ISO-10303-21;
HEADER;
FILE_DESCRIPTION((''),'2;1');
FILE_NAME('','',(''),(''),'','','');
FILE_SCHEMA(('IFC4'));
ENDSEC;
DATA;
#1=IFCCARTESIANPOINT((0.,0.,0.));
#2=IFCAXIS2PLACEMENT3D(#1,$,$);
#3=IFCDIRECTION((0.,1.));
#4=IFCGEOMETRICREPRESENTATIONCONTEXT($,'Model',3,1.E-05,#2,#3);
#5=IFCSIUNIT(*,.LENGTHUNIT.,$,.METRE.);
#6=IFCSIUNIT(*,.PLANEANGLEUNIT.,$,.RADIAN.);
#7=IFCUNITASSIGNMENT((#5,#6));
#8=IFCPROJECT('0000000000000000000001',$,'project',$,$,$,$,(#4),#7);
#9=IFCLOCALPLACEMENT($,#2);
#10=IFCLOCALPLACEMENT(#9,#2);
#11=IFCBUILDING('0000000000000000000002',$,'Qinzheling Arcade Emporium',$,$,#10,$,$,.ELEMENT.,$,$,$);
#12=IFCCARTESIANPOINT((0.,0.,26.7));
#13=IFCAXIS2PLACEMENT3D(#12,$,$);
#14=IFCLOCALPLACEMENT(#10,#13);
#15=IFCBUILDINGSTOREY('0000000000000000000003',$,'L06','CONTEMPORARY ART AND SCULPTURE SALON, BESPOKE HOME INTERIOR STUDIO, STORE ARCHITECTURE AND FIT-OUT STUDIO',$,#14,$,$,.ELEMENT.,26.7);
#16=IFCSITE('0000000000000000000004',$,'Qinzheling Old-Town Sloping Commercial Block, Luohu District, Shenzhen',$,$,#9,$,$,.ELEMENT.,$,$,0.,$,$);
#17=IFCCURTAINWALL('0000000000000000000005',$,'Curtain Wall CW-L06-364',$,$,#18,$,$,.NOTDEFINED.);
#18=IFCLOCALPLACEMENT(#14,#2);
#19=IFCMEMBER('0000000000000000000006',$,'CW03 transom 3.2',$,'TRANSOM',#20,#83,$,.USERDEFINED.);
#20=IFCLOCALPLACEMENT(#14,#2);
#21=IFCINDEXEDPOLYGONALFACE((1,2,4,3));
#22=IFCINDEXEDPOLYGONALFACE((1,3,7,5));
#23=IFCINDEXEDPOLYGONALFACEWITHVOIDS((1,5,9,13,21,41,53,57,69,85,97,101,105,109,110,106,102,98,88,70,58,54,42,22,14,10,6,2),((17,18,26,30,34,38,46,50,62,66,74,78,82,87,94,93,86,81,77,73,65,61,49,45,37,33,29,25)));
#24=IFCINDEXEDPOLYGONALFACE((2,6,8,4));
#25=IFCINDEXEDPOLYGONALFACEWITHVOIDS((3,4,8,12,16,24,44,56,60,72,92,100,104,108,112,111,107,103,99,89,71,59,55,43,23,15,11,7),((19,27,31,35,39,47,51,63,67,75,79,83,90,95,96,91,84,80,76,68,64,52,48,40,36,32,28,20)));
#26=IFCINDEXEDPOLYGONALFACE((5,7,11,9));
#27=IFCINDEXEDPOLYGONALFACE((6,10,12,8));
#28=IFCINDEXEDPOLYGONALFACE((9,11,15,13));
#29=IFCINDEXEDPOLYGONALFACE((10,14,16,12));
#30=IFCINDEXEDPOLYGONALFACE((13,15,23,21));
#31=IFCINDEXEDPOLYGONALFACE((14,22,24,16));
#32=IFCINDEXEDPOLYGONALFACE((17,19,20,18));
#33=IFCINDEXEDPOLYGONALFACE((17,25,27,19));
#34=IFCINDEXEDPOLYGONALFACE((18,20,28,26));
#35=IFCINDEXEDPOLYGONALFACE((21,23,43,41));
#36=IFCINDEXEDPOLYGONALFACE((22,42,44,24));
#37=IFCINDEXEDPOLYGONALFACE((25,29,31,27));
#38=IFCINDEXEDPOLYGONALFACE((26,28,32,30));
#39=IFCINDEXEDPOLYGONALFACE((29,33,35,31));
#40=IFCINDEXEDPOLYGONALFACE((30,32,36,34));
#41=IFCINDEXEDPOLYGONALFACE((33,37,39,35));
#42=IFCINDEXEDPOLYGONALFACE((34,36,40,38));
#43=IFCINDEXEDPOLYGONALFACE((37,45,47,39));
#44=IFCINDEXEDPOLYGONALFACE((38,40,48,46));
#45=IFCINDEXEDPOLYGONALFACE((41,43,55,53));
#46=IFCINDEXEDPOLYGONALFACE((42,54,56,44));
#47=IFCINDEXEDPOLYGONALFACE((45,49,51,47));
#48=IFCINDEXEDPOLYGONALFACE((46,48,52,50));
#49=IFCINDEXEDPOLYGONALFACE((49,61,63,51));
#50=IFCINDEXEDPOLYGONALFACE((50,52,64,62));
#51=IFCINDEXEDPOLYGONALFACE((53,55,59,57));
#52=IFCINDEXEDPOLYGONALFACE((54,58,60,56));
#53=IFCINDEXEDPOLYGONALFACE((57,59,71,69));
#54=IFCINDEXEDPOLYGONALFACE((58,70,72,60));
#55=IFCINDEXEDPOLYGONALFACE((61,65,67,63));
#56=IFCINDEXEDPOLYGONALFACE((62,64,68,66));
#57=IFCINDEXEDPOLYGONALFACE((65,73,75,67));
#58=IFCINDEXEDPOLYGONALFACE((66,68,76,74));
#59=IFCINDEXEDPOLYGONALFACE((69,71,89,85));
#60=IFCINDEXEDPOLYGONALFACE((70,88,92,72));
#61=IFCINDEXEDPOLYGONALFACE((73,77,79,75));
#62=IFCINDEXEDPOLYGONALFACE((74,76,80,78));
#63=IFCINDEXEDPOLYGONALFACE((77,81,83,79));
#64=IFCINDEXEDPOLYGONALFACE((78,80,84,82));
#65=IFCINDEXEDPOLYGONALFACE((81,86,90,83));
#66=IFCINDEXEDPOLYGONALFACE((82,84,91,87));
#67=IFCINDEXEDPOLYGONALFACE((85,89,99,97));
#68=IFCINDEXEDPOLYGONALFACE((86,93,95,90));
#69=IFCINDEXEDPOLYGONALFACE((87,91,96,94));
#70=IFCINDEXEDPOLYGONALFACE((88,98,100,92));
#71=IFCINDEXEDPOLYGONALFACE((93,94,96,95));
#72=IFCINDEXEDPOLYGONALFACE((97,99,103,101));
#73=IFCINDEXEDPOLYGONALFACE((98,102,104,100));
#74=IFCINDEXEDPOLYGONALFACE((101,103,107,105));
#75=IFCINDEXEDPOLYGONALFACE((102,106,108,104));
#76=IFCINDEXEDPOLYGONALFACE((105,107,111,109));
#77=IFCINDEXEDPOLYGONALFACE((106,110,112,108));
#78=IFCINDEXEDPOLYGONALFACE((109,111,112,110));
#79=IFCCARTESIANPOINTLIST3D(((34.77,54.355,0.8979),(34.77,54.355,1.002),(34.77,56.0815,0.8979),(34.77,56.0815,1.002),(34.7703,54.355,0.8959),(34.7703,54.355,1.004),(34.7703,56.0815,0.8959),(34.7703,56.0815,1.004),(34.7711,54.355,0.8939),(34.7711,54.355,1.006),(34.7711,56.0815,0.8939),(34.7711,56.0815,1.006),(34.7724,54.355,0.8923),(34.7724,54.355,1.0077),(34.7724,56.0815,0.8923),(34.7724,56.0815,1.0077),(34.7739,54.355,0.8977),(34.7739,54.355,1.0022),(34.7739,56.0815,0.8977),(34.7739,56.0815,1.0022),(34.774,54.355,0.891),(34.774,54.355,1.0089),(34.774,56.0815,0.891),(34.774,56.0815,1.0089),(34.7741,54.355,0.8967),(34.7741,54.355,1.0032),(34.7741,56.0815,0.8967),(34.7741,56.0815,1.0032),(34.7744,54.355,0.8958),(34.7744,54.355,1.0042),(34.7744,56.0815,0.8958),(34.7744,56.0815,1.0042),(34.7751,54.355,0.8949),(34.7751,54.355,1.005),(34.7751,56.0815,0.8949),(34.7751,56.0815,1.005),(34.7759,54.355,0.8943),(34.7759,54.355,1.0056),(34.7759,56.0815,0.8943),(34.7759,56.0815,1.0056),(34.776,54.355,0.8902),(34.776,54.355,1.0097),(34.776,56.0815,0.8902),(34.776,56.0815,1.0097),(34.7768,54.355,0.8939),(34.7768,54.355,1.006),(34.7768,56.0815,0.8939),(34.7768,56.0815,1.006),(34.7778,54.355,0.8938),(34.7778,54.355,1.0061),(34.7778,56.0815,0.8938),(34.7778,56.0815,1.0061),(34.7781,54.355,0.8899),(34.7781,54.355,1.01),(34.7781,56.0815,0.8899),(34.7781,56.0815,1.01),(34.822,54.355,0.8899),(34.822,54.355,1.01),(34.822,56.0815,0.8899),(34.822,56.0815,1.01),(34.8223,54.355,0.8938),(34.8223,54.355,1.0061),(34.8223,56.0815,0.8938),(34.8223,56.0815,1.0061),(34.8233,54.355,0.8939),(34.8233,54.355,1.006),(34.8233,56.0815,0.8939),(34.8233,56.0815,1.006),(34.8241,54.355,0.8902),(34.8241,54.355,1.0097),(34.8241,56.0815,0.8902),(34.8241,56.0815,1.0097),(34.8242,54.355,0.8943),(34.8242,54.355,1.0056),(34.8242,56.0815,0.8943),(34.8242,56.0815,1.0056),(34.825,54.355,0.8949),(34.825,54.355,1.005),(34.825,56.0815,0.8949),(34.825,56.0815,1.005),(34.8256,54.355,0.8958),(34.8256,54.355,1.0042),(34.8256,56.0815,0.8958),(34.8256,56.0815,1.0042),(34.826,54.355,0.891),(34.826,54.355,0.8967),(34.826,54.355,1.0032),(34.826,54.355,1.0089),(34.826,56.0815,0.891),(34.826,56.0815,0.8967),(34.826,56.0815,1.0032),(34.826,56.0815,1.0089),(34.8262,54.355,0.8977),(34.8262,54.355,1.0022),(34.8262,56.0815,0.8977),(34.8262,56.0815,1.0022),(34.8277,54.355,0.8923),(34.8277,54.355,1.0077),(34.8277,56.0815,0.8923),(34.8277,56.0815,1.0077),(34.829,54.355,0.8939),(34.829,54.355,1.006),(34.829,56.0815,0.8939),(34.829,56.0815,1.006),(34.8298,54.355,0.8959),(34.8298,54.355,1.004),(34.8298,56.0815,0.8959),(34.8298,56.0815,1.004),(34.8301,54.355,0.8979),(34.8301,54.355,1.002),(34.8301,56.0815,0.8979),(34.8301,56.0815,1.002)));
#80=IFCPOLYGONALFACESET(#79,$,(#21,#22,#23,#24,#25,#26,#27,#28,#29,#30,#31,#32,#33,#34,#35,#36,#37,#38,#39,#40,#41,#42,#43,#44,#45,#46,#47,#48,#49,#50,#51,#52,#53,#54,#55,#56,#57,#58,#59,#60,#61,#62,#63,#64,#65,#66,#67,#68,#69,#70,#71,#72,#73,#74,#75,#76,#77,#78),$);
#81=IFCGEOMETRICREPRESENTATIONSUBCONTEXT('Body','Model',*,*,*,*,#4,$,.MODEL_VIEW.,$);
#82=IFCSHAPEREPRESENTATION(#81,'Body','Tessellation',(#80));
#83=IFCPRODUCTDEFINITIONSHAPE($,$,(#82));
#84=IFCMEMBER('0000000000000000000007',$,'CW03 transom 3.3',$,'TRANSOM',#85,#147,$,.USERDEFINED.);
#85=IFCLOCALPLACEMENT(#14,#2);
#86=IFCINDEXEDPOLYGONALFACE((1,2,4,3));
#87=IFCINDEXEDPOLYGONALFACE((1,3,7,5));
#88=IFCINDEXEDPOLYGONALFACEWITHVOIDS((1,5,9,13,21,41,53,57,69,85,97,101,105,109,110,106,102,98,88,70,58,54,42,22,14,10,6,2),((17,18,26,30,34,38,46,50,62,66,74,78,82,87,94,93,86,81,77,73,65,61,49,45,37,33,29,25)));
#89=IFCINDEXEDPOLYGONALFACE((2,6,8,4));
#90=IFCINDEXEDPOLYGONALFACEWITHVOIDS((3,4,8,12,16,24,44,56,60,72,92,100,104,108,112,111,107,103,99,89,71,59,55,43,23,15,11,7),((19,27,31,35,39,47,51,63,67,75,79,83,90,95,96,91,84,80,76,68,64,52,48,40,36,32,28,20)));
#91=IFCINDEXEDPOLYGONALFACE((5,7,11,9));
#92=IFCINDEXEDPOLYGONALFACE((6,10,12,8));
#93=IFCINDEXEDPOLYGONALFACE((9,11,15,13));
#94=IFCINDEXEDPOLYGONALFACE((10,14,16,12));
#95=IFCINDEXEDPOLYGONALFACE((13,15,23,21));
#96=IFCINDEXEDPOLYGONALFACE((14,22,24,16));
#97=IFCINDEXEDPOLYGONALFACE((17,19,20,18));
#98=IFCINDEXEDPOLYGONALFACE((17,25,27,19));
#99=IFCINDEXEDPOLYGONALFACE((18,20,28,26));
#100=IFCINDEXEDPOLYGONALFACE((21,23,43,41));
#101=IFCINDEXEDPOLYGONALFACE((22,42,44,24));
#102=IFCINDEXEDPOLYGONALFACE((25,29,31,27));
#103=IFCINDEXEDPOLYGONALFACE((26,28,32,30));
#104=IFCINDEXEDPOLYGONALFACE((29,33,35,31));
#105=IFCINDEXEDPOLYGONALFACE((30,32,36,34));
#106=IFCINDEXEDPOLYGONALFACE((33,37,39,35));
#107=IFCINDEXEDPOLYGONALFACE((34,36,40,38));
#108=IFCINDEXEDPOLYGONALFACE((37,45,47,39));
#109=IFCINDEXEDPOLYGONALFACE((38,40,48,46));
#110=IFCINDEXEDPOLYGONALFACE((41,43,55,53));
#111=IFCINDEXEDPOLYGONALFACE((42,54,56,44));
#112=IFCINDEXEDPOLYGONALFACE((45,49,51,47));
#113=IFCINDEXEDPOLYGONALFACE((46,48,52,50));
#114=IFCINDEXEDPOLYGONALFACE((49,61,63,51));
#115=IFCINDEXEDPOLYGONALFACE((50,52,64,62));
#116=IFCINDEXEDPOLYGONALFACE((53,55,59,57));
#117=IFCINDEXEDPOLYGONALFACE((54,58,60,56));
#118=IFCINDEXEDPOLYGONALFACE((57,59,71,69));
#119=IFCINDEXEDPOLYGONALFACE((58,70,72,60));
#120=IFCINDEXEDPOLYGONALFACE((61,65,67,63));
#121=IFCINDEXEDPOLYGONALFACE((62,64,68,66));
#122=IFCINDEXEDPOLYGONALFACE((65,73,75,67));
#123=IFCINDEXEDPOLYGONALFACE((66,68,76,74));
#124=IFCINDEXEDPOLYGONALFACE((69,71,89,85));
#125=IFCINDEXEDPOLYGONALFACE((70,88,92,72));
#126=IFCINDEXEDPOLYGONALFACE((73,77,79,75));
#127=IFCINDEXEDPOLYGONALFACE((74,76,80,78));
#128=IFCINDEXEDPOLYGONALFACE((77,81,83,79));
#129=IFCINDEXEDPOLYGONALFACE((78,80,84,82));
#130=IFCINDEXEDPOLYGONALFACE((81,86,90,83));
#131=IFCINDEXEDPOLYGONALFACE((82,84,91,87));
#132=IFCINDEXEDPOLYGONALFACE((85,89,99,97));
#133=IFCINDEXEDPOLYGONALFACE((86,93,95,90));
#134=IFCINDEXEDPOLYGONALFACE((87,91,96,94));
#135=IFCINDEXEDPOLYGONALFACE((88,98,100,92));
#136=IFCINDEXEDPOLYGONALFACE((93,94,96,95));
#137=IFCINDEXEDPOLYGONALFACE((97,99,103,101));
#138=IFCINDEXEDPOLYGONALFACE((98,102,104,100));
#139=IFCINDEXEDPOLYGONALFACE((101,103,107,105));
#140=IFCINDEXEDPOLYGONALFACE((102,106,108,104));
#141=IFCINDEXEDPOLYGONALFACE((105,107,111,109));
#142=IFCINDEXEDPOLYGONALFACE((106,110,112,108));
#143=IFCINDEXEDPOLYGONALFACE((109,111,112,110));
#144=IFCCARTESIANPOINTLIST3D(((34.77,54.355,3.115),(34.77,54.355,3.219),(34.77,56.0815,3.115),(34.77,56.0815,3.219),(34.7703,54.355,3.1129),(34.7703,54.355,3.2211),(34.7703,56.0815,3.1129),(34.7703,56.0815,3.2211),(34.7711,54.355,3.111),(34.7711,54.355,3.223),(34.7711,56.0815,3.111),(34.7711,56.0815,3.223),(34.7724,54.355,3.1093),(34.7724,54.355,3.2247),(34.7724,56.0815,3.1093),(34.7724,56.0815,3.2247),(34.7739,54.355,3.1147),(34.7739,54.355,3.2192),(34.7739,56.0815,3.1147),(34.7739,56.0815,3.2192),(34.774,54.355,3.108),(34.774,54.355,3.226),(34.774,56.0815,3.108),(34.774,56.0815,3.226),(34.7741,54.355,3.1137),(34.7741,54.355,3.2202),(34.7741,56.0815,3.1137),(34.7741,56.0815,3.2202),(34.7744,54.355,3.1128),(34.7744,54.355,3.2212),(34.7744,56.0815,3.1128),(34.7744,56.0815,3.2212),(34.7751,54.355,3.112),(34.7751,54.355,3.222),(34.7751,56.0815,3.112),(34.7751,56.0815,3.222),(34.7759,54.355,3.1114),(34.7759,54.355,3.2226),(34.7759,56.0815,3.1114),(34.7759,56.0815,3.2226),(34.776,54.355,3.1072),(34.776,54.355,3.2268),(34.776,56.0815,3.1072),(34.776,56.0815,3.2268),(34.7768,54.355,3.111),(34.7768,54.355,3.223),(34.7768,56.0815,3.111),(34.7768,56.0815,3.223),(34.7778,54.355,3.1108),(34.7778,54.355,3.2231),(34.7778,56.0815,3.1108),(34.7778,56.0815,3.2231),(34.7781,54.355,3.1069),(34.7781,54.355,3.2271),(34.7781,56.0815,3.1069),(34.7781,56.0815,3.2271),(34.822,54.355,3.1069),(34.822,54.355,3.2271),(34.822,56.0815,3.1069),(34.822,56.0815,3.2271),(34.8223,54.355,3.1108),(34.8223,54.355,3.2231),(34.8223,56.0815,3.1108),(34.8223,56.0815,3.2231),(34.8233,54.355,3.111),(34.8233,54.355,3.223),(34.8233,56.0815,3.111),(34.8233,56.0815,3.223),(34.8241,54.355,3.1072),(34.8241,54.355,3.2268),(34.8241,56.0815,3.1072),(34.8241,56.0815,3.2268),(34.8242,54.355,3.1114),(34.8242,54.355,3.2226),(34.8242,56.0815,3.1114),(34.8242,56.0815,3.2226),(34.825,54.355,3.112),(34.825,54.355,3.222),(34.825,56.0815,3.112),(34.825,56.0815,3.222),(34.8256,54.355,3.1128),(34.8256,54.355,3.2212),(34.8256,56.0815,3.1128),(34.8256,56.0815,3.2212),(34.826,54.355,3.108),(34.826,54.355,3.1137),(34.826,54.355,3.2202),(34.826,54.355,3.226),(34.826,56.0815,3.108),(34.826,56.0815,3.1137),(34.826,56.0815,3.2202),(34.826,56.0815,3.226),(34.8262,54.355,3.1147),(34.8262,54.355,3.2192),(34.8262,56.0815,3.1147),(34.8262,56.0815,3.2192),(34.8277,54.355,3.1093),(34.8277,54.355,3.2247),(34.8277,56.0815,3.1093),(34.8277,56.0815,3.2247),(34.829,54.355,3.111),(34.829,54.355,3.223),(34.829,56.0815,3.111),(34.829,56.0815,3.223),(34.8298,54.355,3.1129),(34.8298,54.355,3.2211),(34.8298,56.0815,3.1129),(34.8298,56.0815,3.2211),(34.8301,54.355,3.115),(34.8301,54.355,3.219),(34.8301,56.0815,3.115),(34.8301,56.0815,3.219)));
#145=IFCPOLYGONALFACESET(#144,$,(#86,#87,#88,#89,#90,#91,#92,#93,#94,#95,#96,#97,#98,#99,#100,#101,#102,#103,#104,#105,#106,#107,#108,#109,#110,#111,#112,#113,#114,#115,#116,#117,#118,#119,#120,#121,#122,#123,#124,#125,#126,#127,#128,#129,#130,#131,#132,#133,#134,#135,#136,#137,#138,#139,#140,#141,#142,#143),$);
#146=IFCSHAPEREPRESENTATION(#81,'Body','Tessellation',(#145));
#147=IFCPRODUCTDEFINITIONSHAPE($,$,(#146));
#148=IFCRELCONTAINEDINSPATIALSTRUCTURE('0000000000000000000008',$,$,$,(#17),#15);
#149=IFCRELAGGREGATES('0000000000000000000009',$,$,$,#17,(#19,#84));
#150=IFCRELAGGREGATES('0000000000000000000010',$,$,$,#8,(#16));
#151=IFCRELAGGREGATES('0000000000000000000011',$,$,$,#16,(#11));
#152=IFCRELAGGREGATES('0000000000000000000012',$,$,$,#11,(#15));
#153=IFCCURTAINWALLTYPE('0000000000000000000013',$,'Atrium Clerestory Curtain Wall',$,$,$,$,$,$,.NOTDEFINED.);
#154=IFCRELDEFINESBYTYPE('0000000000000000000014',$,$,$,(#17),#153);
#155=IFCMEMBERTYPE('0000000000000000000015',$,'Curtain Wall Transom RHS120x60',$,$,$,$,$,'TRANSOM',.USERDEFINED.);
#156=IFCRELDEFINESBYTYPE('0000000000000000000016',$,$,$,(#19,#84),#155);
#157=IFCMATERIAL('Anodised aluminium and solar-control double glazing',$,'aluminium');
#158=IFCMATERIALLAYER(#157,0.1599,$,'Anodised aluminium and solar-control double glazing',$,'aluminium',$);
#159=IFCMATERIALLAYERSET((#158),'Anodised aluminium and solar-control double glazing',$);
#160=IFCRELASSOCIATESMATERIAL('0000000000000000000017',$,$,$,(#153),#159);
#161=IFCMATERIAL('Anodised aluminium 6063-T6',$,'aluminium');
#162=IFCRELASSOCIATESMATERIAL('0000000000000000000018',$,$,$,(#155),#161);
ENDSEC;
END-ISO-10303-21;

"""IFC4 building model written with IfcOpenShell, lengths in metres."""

from ifc_helpers import new_model, si_unit, direction, frame, origin, origin_2d, place, context, subcontext, project, spatial, hollow_rectangle, extrude, material, layer, layer_set, material_profile, profile_set, type_object, element, aggregate, save


model = new_model("IFC4")

# Units and contexts
model_context = context("Model", 3, precision=1e-05, world=origin(), true_north=direction((0.0, 1.0)))
body_context = subcontext(model_context, "Body", "Model", "MODEL_VIEW")
ifc_project = project(units=[si_unit("LENGTHUNIT", "METRE"), si_unit("PLANEANGLEUNIT", "RADIAN")], contexts=[model_context])

# Site, building, storey
site_placement = place(None, origin())
site = spatial("IfcSite", under=ifc_project, at=site_placement, Name="Qinzheling Old-Town Sloping Commercial Block, Luohu District, Shenzhen", CompositionType="ELEMENT", RefElevation=0.0)
building_placement = place(site_placement, origin())
building = spatial("IfcBuilding", under=site, at=building_placement, Name="Qinzheling Arcade Emporium", CompositionType="ELEMENT")
storey_placement = place(building_placement, frame((0.0, 0.0, 26.7)))
storey = spatial("IfcBuildingStorey", under=building, at=storey_placement, Name="L06", Description="CONTEMPORARY ART AND SCULPTURE SALON, BESPOKE HOME INTERIOR STUDIO, STORE ARCHITECTURE AND FIT-OUT STUDIO", CompositionType="ELEMENT", Elevation=26.7)

# Shared definitions
ifc_material_1 = material(Name="Anodised aluminium and solar-control double glazing", Category="aluminium")
ifc_layer_1 = layer(ifc_material_1, 0.1599, Name="Anodised aluminium and solar-control double glazing", Category="aluminium")
ifc_layer_set_1 = layer_set([ifc_layer_1], Name="Anodised aluminium and solar-control double glazing")
curtain_wall_type = type_object("IfcCurtainWallType", Name="Atrium Clerestory Curtain Wall", PredefinedType="NOTDEFINED", material=ifc_layer_set_1)
ifc_material_2 = material(Name="Anodised aluminium 6063-T6", Category="aluminium")

# Curtain wall, members
curtain_wall_1_placement = place(storey_placement, origin())
curtain_wall_1 = element("IfcCurtainWall", 1, at=curtain_wall_1_placement, inside=storey, type_object=curtain_wall_type, Name="Curtain Wall CW-L06-364", PredefinedType="NOTDEFINED")
ifc_material_profile_1 = material_profile(ifc_material_2, hollow_rectangle(XDim=0.0601, YDim=0.1201, WallThickness=0.0039, InnerFilletRadius=0.0039, OuterFilletRadius=0.0081, at=origin_2d()), Name="RHS 120x60x4", Category="aluminium")
ifc_profile_set_1 = profile_set([ifc_material_profile_1], Name="Anodised aluminium 6063-T6")
member_type_1 = type_object("IfcMemberType", Name="Curtain Wall Transom RHS120x60", ElementType="TRANSOM", PredefinedType="USERDEFINED", material=ifc_profile_set_1)
member_1_placement = place(storey_placement, frame((34.8, 54.355, 0.95), z_axis=(0.0, 1.0, 0.0), x_axis=(-1.0, 0.0, 0.0)))
member_1 = element("IfcMember", 2, at=member_1_placement, type_object=member_type_1, Name="CW03 transom 3.2", ObjectType="TRANSOM", PredefinedType="USERDEFINED", context=body_context, shape_type="SweptSolid", body=[
    extrude(hollow_rectangle(XDim=0.0601, YDim=0.1201, WallThickness=0.0039, InnerFilletRadius=0.0039, OuterFilletRadius=0.0081, at=origin_2d()), origin(), (0.0, 0.0, 1.0), 1.7266),
])
member_2_placement = place(storey_placement, frame((34.8, 54.355, 3.167), z_axis=(0.0, 1.0, 0.0), x_axis=(-1.0, 0.0, 0.0)))
member_2 = element("IfcMember", 3, at=member_2_placement, type_object=member_type_1, Name="CW03 transom 3.3", ObjectType="TRANSOM", PredefinedType="USERDEFINED", context=body_context, shape_type="SweptSolid", body=[
    extrude(hollow_rectangle(XDim=0.0601, YDim=0.1201, WallThickness=0.0039, InnerFilletRadius=0.0039, OuterFilletRadius=0.0081, at=origin_2d()), origin(), (0.0, 0.0, 1.0), 1.7266),
])

aggregate(curtain_wall_1, [member_1, member_2])

save(model, "model.ifc")
